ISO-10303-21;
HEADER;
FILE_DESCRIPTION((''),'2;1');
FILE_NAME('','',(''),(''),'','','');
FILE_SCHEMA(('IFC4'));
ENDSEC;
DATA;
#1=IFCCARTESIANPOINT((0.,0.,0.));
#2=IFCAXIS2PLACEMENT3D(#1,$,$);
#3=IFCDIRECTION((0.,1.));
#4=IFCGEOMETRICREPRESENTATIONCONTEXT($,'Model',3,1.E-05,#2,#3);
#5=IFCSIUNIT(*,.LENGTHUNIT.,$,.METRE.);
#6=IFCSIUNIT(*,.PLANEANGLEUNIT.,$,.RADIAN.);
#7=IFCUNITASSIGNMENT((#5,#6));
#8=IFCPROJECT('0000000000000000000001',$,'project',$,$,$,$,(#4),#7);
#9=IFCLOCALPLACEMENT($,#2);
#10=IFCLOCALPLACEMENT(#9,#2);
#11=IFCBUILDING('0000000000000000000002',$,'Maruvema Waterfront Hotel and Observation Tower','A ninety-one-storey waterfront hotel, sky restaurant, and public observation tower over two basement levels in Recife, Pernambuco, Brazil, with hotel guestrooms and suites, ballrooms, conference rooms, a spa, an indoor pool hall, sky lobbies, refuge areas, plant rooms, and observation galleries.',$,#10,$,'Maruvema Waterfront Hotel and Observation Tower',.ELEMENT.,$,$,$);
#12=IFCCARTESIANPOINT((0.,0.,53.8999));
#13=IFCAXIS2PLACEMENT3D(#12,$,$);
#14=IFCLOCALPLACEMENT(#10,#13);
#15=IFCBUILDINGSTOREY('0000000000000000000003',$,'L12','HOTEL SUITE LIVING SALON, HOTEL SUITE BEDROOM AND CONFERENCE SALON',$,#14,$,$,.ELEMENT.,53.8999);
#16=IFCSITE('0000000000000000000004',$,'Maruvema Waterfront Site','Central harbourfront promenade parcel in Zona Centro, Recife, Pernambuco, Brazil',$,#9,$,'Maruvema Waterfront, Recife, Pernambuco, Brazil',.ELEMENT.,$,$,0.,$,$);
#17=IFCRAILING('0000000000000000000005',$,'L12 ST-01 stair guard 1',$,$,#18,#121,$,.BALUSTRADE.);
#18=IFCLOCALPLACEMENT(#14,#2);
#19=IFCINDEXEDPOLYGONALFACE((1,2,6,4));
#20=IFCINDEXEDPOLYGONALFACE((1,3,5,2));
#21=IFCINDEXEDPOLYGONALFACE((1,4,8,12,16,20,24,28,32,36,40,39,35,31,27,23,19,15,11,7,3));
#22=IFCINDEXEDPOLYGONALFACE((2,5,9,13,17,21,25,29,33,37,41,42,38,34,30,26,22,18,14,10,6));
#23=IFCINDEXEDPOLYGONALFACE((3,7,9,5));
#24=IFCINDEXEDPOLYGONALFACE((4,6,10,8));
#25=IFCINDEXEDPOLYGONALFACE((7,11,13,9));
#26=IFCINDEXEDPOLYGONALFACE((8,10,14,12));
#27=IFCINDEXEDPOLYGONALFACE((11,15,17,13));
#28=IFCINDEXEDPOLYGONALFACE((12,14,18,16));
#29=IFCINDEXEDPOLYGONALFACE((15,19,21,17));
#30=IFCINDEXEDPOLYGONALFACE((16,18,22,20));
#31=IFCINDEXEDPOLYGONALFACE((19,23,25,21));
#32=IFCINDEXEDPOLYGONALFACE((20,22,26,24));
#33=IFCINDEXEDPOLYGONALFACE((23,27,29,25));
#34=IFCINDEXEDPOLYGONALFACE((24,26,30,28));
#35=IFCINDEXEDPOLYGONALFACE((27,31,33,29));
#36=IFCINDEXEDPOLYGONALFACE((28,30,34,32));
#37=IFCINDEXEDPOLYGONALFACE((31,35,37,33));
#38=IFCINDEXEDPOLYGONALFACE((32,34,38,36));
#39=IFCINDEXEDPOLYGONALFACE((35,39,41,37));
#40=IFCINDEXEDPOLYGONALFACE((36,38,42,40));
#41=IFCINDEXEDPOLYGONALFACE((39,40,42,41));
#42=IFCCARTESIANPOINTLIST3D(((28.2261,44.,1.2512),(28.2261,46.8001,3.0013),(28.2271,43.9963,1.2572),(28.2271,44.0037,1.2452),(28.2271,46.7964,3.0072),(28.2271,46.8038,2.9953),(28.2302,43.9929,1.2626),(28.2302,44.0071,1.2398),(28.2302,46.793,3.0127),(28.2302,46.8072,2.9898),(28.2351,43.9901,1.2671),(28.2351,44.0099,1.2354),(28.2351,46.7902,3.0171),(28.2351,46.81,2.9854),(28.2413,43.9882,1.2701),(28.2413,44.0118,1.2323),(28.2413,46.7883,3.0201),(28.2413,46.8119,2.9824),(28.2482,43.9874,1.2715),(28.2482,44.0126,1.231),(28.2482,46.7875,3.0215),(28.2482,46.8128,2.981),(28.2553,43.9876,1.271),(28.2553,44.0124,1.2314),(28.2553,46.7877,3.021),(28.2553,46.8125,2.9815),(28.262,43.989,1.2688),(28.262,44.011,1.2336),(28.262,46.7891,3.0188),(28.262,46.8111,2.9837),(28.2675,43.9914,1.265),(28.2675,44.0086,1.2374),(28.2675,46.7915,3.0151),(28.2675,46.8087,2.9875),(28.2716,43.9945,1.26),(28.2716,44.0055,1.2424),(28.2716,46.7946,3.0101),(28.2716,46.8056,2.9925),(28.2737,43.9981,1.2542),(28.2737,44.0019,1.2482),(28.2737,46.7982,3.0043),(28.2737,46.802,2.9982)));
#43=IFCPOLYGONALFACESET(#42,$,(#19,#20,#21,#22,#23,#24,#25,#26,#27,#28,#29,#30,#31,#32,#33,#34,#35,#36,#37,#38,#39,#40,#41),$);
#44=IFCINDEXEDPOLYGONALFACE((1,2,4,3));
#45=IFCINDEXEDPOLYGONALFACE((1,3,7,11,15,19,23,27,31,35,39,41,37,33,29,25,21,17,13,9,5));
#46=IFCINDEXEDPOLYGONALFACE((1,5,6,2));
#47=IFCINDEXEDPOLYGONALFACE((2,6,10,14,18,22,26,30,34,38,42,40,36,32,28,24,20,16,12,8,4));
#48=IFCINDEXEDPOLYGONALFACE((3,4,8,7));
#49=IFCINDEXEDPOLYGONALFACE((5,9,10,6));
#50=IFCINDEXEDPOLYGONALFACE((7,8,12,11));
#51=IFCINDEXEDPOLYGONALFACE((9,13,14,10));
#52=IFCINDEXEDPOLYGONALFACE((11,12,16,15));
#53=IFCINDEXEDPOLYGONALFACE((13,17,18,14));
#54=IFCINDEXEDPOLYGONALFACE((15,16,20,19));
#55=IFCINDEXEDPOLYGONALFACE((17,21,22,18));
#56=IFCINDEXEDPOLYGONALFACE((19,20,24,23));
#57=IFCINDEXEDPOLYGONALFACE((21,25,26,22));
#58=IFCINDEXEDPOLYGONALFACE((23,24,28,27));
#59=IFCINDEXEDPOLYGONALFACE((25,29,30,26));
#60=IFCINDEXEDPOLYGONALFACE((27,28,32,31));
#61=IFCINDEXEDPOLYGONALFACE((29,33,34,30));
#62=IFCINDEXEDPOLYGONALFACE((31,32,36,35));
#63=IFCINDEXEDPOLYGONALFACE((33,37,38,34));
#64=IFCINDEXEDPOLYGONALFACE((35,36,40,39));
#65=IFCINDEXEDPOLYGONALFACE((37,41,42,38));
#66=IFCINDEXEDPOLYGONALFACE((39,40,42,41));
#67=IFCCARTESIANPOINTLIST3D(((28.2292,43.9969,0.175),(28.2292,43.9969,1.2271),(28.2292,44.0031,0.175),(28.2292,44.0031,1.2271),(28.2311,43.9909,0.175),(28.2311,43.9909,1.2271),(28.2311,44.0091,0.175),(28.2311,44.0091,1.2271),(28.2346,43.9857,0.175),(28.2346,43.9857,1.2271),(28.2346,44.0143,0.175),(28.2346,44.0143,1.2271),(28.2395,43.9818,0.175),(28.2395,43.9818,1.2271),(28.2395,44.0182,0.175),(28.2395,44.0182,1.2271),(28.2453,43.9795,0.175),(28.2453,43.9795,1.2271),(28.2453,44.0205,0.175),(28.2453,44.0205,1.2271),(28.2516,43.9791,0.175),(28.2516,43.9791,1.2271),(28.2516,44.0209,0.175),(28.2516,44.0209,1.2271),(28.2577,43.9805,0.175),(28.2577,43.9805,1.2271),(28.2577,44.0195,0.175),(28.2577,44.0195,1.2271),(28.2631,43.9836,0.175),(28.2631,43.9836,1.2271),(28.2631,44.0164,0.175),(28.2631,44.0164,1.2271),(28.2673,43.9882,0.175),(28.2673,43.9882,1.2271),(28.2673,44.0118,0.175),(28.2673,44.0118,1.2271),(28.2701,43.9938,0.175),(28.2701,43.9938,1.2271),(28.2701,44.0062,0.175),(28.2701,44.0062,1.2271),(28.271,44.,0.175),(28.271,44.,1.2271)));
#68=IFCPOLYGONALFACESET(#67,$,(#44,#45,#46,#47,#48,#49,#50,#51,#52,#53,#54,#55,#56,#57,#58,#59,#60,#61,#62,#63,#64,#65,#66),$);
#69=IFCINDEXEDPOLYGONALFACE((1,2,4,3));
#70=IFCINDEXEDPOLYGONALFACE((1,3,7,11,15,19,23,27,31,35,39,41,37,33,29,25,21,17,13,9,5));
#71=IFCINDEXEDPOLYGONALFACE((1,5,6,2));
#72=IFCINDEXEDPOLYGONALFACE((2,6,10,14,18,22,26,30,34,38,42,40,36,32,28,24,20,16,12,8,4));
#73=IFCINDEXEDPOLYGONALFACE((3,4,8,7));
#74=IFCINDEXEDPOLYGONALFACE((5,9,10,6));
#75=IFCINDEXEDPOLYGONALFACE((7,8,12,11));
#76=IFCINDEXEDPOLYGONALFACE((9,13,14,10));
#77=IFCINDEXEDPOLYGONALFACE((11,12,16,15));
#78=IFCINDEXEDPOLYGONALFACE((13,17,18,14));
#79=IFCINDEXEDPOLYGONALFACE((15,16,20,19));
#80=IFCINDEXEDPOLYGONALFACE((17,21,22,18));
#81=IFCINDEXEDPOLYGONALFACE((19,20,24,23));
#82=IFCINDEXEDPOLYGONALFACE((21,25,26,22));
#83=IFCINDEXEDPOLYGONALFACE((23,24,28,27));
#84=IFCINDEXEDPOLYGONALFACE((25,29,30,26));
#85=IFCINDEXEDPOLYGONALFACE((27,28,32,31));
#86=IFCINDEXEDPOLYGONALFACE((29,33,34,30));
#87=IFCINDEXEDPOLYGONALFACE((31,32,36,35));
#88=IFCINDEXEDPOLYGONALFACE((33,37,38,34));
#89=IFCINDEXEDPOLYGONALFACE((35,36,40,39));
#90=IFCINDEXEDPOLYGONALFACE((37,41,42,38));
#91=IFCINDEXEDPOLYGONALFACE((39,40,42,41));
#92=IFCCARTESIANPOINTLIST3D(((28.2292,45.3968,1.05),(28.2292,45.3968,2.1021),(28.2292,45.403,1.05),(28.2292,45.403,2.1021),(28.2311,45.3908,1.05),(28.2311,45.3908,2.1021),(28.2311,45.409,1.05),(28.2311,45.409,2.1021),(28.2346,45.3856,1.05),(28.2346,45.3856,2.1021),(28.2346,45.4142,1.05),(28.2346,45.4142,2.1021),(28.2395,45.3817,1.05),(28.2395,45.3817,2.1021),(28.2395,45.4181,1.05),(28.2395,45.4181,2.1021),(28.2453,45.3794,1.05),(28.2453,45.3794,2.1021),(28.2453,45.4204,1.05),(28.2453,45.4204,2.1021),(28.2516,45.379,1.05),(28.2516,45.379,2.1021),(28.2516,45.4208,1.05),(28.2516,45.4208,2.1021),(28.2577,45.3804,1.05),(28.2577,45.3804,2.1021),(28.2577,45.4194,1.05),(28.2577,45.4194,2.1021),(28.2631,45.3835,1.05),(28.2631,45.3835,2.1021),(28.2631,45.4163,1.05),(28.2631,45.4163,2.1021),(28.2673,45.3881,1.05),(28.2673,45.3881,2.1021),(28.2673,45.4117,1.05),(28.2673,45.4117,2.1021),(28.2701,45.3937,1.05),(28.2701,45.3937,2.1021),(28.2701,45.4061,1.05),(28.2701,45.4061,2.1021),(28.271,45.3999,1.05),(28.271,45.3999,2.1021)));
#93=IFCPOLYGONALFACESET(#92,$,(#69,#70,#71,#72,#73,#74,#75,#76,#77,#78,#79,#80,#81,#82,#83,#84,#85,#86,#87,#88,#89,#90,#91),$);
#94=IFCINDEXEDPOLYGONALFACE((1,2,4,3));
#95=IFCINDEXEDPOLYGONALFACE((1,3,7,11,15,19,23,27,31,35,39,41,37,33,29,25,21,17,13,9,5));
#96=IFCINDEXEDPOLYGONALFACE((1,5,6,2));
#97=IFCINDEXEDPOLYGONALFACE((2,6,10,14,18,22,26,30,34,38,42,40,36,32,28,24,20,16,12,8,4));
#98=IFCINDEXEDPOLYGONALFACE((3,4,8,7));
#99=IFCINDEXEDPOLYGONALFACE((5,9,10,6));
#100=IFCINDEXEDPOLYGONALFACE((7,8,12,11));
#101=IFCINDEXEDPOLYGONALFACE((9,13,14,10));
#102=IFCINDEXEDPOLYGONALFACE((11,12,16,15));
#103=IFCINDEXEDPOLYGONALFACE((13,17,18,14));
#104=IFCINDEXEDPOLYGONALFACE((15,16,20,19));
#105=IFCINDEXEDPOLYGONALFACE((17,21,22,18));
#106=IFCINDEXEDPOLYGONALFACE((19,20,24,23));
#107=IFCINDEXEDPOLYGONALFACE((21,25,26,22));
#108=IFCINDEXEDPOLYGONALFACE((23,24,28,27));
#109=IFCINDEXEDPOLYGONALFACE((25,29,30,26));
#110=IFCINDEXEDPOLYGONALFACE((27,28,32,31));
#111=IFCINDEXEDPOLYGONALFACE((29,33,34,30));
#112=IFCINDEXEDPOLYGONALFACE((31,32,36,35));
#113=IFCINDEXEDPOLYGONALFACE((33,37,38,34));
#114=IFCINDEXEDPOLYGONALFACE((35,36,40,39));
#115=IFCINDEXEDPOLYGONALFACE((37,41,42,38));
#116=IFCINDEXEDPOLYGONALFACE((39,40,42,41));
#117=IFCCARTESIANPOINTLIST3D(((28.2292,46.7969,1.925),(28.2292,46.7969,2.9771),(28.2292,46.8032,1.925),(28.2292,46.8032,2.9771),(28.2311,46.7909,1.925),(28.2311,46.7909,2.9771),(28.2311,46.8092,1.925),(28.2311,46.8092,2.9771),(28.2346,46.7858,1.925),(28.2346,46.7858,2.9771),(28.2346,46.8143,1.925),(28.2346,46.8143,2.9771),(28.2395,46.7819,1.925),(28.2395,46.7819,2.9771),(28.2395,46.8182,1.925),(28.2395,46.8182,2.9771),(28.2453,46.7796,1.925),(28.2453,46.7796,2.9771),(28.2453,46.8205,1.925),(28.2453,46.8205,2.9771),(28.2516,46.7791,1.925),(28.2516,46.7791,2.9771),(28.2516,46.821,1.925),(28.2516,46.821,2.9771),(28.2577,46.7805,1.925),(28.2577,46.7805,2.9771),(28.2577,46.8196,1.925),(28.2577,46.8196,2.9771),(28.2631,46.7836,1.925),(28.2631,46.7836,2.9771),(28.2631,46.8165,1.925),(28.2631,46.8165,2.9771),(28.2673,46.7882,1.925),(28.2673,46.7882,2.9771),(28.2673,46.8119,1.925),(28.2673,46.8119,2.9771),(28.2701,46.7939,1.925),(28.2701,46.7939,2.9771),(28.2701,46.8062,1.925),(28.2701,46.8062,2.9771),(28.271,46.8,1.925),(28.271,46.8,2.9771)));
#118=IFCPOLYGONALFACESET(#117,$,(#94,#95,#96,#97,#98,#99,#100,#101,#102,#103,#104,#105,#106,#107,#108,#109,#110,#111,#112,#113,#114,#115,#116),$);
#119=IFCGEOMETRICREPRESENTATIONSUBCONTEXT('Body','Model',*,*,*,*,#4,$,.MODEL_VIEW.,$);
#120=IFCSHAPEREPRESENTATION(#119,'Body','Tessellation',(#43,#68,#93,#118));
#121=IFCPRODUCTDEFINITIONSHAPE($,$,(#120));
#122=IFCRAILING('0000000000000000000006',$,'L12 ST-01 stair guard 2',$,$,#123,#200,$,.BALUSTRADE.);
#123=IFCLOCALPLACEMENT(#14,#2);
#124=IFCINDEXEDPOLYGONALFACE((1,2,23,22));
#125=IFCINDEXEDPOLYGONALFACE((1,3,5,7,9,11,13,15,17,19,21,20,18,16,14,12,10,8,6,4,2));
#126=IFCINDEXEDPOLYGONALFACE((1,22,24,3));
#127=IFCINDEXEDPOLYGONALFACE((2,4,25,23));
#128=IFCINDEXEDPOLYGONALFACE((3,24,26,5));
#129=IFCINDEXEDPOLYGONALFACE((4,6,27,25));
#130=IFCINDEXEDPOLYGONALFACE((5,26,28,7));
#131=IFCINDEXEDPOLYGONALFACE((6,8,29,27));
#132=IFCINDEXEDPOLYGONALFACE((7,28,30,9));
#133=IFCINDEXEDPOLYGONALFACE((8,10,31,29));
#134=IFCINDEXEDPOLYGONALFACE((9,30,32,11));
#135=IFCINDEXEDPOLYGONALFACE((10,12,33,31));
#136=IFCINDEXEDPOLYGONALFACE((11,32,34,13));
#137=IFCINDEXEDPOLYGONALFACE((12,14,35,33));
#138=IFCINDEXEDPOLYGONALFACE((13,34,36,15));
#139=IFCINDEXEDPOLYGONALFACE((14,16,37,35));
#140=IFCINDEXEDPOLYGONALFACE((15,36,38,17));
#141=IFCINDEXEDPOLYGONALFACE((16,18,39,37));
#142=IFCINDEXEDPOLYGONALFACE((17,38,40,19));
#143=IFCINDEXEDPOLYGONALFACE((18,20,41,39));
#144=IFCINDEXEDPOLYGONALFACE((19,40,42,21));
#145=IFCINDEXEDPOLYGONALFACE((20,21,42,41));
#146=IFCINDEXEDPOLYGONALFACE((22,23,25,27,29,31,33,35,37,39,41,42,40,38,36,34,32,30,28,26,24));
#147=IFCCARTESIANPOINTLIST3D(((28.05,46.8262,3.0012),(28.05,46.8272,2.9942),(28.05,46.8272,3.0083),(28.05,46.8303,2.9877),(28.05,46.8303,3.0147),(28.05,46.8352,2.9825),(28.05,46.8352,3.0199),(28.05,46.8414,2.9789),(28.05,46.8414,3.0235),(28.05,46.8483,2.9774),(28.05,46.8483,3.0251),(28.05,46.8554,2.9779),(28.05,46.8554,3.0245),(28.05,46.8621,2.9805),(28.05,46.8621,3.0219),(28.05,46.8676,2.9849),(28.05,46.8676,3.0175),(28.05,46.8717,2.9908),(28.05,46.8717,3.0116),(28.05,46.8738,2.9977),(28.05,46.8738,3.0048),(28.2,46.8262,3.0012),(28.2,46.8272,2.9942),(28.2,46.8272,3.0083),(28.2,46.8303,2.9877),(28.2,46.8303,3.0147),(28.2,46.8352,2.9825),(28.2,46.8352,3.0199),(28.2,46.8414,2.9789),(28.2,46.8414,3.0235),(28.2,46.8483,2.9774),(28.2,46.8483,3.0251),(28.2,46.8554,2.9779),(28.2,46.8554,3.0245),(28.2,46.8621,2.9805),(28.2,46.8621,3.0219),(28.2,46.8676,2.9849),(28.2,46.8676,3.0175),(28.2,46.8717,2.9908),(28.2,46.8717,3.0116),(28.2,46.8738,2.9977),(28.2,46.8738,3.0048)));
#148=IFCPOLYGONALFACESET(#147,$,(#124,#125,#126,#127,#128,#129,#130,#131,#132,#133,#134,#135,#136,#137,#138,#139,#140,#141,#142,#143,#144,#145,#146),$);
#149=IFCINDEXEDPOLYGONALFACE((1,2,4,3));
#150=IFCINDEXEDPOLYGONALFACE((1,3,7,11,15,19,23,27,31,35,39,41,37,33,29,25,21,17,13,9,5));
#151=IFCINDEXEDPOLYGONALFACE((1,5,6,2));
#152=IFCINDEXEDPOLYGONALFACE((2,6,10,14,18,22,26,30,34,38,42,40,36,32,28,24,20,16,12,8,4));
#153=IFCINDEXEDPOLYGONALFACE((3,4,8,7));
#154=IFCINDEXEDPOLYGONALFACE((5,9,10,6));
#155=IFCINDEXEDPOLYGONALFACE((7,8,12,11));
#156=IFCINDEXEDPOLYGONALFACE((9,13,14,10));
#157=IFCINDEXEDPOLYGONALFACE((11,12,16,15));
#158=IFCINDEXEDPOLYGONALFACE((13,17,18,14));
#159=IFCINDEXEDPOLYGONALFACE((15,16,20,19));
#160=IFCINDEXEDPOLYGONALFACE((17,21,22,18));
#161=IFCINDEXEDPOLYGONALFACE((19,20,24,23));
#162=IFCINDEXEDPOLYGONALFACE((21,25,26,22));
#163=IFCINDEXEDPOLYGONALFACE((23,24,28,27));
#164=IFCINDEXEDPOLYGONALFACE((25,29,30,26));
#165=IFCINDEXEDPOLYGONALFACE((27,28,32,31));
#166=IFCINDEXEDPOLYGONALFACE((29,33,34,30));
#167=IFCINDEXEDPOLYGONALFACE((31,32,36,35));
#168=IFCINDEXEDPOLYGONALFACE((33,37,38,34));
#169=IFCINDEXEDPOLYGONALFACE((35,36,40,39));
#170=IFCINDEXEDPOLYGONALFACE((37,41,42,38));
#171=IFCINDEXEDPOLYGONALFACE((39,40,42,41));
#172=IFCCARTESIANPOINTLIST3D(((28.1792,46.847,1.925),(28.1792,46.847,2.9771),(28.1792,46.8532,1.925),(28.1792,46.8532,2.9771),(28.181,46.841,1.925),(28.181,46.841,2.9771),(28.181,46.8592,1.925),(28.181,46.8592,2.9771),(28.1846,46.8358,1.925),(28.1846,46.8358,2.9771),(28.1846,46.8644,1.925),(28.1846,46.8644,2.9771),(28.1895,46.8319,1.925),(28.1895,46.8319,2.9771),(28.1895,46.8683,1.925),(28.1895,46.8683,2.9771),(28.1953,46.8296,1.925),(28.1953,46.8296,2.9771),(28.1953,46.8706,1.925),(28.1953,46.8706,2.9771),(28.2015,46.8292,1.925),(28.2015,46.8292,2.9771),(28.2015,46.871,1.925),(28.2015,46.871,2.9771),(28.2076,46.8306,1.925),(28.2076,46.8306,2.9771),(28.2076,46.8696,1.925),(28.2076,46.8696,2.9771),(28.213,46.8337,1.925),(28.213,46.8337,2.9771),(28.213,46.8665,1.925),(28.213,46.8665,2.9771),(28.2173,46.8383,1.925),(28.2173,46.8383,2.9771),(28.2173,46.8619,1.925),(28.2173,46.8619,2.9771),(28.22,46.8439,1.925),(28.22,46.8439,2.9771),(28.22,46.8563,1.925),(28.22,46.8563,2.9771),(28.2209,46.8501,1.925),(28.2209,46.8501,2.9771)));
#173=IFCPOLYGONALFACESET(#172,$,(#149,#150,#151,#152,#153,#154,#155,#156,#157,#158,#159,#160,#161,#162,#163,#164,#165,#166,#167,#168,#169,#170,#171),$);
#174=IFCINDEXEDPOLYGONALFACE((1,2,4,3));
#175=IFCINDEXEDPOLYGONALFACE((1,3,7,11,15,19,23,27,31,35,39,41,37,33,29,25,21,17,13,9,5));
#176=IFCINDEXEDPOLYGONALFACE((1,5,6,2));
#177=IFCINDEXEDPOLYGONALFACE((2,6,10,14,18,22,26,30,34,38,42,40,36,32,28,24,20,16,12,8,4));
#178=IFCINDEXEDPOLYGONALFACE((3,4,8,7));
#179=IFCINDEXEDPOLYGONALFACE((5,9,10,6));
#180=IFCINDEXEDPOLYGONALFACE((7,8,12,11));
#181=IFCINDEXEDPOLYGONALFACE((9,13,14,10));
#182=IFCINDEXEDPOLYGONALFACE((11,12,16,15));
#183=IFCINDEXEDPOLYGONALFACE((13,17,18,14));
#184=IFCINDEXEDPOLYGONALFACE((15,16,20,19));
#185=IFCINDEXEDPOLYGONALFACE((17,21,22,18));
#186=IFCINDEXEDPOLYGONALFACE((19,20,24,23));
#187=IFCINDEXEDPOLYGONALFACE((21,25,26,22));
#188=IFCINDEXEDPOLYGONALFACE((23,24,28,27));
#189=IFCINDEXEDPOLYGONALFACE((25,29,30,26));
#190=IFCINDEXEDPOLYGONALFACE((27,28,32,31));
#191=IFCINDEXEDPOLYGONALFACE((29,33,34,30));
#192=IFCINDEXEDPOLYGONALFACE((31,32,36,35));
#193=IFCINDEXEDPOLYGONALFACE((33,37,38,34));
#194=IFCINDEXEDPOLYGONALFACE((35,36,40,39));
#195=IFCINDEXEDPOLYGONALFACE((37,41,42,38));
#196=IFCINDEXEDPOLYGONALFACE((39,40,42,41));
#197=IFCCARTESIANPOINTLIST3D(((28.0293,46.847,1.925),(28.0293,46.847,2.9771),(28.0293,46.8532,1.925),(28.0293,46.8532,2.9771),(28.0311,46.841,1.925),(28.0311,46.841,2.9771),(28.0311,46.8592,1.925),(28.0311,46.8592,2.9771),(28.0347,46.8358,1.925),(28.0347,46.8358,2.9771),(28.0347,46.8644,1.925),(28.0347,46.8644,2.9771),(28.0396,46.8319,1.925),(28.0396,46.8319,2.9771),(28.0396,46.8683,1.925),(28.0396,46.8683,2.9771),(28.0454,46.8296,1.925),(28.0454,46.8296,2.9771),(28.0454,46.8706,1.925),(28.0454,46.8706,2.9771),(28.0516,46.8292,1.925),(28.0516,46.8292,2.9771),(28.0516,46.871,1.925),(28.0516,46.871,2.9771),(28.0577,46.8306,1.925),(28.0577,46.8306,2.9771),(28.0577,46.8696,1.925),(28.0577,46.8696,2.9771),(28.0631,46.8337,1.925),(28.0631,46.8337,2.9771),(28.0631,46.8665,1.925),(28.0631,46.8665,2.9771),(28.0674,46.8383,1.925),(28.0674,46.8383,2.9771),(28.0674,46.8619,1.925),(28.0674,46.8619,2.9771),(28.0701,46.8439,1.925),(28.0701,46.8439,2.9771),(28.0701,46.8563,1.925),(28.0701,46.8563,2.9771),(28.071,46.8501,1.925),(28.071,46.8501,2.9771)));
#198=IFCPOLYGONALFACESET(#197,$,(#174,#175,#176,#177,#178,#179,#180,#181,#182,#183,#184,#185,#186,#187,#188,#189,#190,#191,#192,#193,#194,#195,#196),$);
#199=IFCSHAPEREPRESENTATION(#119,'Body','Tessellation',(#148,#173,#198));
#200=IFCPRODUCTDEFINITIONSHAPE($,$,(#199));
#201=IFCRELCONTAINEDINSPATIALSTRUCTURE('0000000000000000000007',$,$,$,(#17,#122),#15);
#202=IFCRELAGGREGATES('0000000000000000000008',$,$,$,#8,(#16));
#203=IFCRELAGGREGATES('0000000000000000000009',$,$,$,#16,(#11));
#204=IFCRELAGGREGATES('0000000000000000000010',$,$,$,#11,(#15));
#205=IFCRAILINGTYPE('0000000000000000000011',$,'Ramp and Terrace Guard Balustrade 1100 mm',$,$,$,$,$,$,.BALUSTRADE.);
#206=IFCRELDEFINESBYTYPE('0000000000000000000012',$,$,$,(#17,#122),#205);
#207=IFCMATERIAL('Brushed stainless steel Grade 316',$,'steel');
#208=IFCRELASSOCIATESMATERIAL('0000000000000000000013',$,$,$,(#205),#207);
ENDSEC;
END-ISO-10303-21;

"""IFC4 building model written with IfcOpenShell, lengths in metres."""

from ifc_helpers import new_model, si_unit, direction, frame, origin, origin_2d, place, context, subcontext, project, spatial, circle, extrude, material, type_object, element, save


model = new_model("IFC4")

# Units and contexts
model_context = context("Model", 3, precision=1e-05, world=origin(), true_north=direction((0.0, 1.0)))
body_context = subcontext(model_context, "Body", "Model", "MODEL_VIEW")
ifc_project = project(units=[si_unit("LENGTHUNIT", "METRE"), si_unit("PLANEANGLEUNIT", "RADIAN")], contexts=[model_context])

# Site, building, storey
site_placement = place(None, origin())
site = spatial("IfcSite", under=ifc_project, at=site_placement, Name="Maruvema Waterfront Site", Description="Central harbourfront promenade parcel in Zona Centro, Recife, Pernambuco, Brazil", LongName="Maruvema Waterfront, Recife, Pernambuco, Brazil", CompositionType="ELEMENT", RefElevation=0.0)
building_placement = place(site_placement, origin())
building = spatial("IfcBuilding", under=site, at=building_placement, Name="Maruvema Waterfront Hotel and Observation Tower", Description="A ninety-one-storey waterfront hotel, sky restaurant, and public observation tower over two basement levels in Recife, Pernambuco, Brazil, with hotel guestrooms and suites, ballrooms, conference rooms, a spa, an indoor pool hall, sky lobbies, refuge areas, plant rooms, and observation galleries.", LongName="Maruvema Waterfront Hotel and Observation Tower", CompositionType="ELEMENT")
storey_placement = place(building_placement, frame((0.0, 0.0, 53.8999)))
storey = spatial("IfcBuildingStorey", under=building, at=storey_placement, Name="L12", Description="HOTEL SUITE LIVING SALON, HOTEL SUITE BEDROOM AND CONFERENCE SALON", CompositionType="ELEMENT", Elevation=53.8999)

# Railings
ifc_material_1 = material(Name="Brushed stainless steel Grade 316", Category="steel")
railing_type_1 = type_object("IfcRailingType", Name="Ramp and Terrace Guard Balustrade 1100 mm", PredefinedType="BALUSTRADE", material=ifc_material_1)
railing_1_placement = place(storey_placement, frame((28.25, 44.0, 0.175)))
element("IfcRailing", 1, at=railing_1_placement, inside=storey, type_object=railing_type_1, Name="L12 ST-01 stair guard 1", PredefinedType="BALUSTRADE", context=body_context, shape_type="SweptSolid", body=[
    extrude(circle(Radius=0.0239, at=origin_2d()), frame((0.0, 0.0, 1.0762), z_axis=(0.0, 0.848002, 0.529992), x_axis=(-1.0, 0.0, 0.0)), (0.0, 0.0, 1.0), 3.302),
    extrude(circle(Radius=0.021, at=origin_2d()), origin(), (0.0, 0.0, 1.0), 1.052),
    extrude(circle(Radius=0.021, at=origin_2d()), frame((0.0, 1.3999, 0.875)), (0.0, 0.0, 1.0), 1.052),
    extrude(circle(Radius=0.021, at=origin_2d()), frame((0.0, 2.8, 1.75)), (0.0, 0.0, 1.0), 1.052),
])
railing_2_placement = place(storey_placement, frame((28.2, 46.8501, 1.925)))
element("IfcRailing", 2, at=railing_2_placement, inside=storey, type_object=railing_type_1, Name="L12 ST-01 stair guard 2", PredefinedType="BALUSTRADE", context=body_context, shape_type="SweptSolid", body=[
    extrude(circle(Radius=0.0239, at=origin_2d()), frame((0.0, 0.0, 1.0762), z_axis=(-1.0, 0.0, 0.0), x_axis=(0.0, -1.0, 0.0)), (0.0, 0.0, 1.0), 0.1499),
    extrude(circle(Radius=0.021, at=origin_2d()), origin(), (0.0, 0.0, 1.0), 1.052),
    extrude(circle(Radius=0.021, at=origin_2d()), frame((-0.1499, 0.0, 0.0)), (0.0, 0.0, 1.0), 1.052),
])

save(model, "model.ifc")
